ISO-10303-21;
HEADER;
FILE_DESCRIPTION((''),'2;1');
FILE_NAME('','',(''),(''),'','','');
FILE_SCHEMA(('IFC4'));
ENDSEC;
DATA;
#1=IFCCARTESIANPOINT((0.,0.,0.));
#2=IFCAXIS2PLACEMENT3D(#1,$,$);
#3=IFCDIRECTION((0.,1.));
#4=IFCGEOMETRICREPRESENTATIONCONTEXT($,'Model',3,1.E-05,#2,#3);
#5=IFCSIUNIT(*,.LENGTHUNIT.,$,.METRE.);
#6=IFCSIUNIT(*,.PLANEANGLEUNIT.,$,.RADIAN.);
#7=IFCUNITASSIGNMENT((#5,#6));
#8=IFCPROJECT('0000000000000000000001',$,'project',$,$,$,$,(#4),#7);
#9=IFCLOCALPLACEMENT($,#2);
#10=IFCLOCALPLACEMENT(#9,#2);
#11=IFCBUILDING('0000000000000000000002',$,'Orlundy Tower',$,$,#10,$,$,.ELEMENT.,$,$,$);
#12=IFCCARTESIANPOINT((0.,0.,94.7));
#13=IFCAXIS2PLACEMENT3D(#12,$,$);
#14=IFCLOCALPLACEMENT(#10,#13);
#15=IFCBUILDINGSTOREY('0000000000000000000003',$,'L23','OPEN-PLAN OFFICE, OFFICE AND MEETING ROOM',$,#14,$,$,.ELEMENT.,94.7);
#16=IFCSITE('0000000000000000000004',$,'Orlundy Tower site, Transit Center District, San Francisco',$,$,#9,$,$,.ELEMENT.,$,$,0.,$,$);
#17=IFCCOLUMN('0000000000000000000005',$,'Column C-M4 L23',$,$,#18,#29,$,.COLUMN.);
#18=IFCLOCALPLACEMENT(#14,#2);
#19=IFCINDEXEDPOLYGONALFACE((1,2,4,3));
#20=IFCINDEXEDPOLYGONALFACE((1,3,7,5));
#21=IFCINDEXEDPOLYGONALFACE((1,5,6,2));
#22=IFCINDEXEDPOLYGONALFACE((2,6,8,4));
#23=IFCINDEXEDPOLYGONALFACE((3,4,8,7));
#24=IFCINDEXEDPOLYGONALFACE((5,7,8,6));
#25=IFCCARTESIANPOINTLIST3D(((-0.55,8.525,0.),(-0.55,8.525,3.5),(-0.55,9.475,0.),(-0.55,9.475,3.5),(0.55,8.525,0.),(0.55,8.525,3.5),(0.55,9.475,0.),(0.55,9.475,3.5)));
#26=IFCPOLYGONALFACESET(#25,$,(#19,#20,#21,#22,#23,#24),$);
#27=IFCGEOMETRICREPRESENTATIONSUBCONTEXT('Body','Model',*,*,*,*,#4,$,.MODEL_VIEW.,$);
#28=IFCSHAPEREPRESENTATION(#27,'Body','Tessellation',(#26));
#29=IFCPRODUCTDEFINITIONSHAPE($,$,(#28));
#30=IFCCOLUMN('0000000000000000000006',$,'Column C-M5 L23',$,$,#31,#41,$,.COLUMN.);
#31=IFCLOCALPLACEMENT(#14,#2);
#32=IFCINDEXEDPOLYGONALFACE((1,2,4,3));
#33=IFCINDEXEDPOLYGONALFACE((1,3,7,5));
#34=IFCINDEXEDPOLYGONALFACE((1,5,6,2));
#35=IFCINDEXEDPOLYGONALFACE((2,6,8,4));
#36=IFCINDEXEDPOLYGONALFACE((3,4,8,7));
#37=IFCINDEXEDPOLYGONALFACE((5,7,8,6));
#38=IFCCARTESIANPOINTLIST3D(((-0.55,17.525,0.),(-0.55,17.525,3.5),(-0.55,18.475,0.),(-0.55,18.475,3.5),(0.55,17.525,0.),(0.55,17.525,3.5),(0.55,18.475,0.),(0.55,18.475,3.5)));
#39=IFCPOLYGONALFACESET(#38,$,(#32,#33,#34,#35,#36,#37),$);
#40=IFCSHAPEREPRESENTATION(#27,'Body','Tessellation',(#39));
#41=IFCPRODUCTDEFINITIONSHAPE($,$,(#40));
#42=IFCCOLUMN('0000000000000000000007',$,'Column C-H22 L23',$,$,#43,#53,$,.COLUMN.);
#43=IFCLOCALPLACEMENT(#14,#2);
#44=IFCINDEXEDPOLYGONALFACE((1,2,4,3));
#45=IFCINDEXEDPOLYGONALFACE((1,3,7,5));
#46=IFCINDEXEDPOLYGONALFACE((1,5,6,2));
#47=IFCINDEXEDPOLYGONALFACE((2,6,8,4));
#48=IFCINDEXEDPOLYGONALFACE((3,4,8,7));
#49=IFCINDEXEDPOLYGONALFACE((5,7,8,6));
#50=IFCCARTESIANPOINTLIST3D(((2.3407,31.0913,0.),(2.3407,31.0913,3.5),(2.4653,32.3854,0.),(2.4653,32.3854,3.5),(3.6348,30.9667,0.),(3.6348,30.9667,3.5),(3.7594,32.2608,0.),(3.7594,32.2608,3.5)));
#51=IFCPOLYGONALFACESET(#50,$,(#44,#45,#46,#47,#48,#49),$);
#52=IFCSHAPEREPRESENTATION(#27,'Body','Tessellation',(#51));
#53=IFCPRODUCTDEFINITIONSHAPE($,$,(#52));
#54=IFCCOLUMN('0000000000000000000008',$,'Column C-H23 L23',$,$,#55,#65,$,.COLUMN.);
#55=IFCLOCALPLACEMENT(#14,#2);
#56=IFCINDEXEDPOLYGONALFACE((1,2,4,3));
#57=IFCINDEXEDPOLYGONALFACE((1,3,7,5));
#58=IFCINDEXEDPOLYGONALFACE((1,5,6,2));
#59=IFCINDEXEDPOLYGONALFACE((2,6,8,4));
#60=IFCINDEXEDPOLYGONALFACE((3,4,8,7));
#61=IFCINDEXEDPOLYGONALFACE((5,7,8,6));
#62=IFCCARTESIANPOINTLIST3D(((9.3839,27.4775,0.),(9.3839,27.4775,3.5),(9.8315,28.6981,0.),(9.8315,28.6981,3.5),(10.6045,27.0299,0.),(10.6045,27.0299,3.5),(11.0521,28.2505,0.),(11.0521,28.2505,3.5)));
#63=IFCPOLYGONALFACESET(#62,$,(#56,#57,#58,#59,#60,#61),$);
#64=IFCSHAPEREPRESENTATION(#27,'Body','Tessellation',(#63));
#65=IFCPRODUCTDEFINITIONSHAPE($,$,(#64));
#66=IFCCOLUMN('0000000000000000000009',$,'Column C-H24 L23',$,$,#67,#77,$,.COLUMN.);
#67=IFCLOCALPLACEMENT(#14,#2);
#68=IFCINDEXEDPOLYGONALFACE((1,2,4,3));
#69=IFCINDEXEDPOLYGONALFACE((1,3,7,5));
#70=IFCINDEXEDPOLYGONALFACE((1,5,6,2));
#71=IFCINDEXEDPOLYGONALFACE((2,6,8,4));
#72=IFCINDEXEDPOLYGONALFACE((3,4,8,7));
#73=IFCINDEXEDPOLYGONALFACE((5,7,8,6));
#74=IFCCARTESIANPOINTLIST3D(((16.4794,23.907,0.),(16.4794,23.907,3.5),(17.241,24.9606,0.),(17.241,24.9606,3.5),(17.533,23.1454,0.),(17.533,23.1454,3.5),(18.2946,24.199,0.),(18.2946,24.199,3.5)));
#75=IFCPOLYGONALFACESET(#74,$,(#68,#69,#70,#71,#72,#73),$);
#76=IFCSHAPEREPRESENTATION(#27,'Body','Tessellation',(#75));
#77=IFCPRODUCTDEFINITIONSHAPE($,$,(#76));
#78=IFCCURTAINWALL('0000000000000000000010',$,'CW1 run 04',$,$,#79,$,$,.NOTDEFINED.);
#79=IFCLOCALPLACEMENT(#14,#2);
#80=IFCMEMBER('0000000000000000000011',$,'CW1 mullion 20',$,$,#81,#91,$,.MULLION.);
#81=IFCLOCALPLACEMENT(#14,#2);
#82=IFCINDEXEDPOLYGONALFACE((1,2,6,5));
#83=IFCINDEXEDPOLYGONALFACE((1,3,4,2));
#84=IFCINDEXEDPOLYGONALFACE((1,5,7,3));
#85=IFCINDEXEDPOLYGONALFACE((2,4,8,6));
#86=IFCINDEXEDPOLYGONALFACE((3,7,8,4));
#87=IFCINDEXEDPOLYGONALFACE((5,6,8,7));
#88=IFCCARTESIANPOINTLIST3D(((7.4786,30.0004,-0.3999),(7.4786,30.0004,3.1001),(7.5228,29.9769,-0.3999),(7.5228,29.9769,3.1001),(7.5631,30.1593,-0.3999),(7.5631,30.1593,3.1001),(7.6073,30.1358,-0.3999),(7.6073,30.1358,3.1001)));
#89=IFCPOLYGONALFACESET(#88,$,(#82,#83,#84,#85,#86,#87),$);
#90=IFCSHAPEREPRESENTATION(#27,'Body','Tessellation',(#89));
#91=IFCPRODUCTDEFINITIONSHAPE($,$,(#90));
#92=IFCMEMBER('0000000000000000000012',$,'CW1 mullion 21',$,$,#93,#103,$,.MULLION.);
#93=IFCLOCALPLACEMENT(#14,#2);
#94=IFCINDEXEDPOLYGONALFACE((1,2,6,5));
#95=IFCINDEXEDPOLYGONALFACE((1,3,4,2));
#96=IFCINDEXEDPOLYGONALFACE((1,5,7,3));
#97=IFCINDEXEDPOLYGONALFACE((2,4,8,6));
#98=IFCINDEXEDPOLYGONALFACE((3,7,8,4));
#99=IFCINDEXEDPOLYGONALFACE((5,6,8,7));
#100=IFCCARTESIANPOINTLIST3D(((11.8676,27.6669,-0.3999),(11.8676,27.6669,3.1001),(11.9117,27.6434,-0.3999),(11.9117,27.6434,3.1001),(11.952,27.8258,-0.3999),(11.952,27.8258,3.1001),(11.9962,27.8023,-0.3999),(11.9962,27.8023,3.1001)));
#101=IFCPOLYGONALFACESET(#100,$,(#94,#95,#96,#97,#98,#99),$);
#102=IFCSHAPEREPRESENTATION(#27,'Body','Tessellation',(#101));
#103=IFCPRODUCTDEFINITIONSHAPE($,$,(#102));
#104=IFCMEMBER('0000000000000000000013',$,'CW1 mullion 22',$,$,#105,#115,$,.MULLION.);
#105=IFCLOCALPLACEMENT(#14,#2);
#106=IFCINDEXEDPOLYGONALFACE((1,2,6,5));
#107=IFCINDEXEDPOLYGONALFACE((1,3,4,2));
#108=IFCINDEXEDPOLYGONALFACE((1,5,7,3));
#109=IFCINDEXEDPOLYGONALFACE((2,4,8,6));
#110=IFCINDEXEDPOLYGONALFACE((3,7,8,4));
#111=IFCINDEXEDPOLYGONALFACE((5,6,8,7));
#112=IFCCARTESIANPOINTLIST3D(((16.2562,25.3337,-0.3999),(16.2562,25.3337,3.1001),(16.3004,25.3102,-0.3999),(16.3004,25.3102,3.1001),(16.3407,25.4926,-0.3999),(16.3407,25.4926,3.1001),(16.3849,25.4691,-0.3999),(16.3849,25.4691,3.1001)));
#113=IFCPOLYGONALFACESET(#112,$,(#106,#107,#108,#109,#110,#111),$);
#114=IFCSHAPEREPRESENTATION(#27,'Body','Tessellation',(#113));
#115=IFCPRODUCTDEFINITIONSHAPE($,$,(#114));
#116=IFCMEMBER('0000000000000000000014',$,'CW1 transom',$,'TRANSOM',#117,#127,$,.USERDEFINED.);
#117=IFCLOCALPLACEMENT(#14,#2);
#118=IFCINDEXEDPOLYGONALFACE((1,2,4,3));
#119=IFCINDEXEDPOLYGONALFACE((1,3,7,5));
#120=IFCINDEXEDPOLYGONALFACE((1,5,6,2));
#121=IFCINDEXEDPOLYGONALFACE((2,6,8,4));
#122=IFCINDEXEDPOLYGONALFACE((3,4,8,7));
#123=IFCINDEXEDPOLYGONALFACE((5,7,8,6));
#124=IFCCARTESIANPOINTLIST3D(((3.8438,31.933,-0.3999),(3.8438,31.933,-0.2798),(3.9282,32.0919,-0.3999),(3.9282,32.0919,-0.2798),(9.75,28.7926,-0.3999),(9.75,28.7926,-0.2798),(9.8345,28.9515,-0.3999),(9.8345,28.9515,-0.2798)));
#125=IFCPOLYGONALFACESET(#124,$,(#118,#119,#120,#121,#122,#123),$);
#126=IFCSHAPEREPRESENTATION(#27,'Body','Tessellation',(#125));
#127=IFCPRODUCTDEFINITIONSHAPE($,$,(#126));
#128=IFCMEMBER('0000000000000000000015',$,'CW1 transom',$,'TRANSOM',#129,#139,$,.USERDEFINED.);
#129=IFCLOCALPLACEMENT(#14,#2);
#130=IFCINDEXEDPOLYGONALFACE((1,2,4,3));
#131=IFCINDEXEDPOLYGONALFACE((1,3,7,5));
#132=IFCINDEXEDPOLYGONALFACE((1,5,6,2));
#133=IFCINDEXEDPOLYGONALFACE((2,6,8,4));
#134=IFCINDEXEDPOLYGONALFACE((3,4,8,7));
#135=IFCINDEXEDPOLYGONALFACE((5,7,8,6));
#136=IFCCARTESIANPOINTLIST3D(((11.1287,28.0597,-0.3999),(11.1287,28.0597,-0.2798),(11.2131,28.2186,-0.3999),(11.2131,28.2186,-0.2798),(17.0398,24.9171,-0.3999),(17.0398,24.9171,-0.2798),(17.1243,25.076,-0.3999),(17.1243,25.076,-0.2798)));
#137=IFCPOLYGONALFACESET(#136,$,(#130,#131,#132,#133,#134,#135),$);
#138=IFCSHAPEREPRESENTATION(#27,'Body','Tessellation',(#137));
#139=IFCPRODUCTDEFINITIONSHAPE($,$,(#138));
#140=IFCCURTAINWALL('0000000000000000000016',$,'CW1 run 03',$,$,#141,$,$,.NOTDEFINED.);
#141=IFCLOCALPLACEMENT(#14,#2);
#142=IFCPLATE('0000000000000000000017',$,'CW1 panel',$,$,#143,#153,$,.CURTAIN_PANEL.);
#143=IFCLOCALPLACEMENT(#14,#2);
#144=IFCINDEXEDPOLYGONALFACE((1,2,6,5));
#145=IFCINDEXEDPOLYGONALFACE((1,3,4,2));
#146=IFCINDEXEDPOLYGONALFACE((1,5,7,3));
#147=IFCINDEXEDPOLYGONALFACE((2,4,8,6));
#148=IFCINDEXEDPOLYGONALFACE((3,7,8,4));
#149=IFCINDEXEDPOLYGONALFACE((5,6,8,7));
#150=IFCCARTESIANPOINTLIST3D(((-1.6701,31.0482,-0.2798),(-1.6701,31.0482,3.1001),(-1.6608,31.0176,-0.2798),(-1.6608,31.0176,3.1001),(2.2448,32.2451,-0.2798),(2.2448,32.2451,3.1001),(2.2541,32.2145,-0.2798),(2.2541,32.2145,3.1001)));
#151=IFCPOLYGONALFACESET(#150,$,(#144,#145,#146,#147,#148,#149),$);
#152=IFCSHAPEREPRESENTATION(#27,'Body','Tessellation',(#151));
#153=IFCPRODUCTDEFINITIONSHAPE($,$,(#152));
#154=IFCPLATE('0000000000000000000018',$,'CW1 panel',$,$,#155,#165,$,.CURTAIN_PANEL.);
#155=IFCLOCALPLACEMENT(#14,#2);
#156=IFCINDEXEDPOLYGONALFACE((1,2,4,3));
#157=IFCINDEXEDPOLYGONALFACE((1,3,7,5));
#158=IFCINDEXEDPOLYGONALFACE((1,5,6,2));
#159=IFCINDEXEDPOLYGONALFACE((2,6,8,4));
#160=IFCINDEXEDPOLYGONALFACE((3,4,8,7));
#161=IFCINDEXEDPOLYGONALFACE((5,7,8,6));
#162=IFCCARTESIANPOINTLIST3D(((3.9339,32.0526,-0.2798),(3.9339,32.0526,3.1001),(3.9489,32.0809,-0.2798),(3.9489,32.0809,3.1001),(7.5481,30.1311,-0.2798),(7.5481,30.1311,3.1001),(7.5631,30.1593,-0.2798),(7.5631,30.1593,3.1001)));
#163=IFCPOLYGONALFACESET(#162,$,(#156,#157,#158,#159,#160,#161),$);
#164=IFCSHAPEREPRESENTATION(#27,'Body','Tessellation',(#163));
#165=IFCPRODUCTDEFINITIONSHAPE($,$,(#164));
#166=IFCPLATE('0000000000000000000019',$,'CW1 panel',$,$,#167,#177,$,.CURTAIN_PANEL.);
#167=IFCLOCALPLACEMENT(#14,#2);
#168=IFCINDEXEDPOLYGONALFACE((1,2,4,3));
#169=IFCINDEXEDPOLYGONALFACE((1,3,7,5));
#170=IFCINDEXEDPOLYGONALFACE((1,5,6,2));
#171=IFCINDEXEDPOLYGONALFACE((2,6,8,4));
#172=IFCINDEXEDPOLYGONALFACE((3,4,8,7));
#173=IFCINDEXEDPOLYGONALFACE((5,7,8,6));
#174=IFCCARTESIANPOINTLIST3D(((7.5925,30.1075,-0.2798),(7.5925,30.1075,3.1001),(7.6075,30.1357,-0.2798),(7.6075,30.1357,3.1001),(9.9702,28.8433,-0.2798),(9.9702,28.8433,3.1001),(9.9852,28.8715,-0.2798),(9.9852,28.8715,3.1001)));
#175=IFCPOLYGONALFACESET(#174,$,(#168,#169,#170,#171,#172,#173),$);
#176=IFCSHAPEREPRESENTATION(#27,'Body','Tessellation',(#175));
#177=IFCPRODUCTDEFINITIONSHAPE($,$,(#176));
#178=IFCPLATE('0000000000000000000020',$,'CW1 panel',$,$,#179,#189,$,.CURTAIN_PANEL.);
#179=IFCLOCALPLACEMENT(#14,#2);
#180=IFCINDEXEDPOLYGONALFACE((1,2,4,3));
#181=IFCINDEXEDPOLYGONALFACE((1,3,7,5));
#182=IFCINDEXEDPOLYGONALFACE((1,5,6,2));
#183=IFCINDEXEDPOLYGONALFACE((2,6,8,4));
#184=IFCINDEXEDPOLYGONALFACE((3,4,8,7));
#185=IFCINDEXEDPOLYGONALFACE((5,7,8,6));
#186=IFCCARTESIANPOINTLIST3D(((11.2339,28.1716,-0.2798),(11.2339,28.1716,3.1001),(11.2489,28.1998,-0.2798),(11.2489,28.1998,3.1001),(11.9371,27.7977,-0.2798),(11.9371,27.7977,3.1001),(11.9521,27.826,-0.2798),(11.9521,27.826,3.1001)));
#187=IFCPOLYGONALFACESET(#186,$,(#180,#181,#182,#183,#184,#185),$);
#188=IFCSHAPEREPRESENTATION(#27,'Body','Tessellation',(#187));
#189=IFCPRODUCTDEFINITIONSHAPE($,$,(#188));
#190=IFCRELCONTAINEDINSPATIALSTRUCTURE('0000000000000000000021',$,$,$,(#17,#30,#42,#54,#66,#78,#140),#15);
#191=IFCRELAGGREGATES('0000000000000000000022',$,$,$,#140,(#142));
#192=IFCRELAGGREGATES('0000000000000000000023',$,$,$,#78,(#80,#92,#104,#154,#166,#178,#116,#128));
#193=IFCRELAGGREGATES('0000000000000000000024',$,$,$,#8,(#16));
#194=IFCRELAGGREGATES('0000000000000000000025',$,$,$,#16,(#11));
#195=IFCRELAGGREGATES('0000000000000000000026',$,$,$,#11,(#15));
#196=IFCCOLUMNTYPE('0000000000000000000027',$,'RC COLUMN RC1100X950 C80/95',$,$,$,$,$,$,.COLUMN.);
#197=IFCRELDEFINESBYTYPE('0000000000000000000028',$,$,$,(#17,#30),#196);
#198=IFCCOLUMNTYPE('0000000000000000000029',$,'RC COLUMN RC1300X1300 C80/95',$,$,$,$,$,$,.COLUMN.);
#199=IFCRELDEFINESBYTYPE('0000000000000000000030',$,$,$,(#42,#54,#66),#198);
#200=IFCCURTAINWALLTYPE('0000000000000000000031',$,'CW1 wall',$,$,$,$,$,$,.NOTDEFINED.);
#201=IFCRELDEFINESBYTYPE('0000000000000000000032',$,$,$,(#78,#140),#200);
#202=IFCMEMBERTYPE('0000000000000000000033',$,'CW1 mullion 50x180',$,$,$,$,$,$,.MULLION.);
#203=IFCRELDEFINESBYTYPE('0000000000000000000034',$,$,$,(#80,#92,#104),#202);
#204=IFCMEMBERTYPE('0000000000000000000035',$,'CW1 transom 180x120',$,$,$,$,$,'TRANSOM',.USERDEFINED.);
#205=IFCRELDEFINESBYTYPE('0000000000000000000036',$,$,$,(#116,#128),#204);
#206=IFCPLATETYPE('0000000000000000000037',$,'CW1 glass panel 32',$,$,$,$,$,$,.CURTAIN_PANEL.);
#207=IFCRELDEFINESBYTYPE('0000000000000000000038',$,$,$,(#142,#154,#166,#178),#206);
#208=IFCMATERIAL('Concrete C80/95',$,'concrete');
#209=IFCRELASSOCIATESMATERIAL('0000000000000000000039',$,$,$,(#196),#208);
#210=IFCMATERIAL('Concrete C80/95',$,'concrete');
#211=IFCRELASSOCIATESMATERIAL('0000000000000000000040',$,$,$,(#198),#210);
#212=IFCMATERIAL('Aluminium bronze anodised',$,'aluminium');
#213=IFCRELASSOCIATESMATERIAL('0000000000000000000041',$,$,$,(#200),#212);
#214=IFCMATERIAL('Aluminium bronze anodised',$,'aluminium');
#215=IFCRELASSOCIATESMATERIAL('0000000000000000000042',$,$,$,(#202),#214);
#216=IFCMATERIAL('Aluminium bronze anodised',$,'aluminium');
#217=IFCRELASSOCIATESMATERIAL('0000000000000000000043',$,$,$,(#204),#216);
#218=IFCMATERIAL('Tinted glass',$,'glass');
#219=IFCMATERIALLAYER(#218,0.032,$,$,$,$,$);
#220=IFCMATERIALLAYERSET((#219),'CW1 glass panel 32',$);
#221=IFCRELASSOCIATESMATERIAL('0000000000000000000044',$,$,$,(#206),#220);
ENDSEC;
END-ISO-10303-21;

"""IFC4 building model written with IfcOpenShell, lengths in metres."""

from ifc_helpers import new_model, si_unit, direction, frame, origin, origin_2d, place, context, subcontext, project, spatial, rectangle, extrude, material, layer, layer_set, material_profile, profile_set, type_object, element, aggregate, save


model = new_model("IFC4")

# Units and contexts
model_context = context("Model", 3, precision=1e-05, world=origin(), true_north=direction((0.0, 1.0)))
body_context = subcontext(model_context, "Body", "Model", "MODEL_VIEW")
ifc_project = project(units=[si_unit("LENGTHUNIT", "METRE"), si_unit("PLANEANGLEUNIT", "RADIAN")], contexts=[model_context])

# Site, building, storey
site_placement = place(None, origin())
site = spatial("IfcSite", under=ifc_project, at=site_placement, Name="Orlundy Tower site, Transit Center District, San Francisco", CompositionType="ELEMENT", RefElevation=0.0)
building_placement = place(site_placement, origin())
building = spatial("IfcBuilding", under=site, at=building_placement, Name="Orlundy Tower", CompositionType="ELEMENT")
storey_placement = place(building_placement, frame((0.0, 0.0, 94.7)))
storey = spatial("IfcBuildingStorey", under=building, at=storey_placement, Name="L23", Description="OPEN-PLAN OFFICE, OFFICE AND MEETING ROOM", CompositionType="ELEMENT", Elevation=94.7)

# Columns
ifc_material_1 = material(Name="Concrete C80/95", Category="concrete")
ifc_material_profile_1 = material_profile(ifc_material_1, rectangle(XDim=1.1001, YDim=0.95, at=origin_2d()), Name="RC1100X950")
ifc_profile_set_1 = profile_set([ifc_material_profile_1], Name="Concrete C80/95")
column_type_1 = type_object("IfcColumnType", Name="RC COLUMN RC1100X950 C80/95", PredefinedType="COLUMN", material=ifc_profile_set_1)
for number, where, z_axis, x_axis, name in (
    (1, (0.0, 9.0, 0.0), (0.0, 0.0, 1.0), (1.0, 0.0, 0.0), "Column C-M4 L23"),
    (2, (0.0, 18.0, 0.0), (0.0, 0.0, 1.0), (1.0, 0.0, 0.0), "Column C-M5 L23"),
):
    element("IfcColumn", number, at=place(storey_placement, frame(where, z_axis=z_axis, x_axis=x_axis)), inside=storey, type_object=column_type_1, Name=name, PredefinedType="COLUMN", context=body_context, shape_type="SweptSolid", body=[
        extrude(rectangle(XDim=1.1001, YDim=0.95, at=origin_2d()), origin(), (0.0, 0.0, 1.0), 3.5),
    ])
ifc_material_2 = material(Name="Concrete C80/95", Category="concrete")
ifc_material_profile_2 = material_profile(ifc_material_2, rectangle(XDim=1.3, YDim=1.3, at=origin_2d()), Name="RC1300X1300")
ifc_profile_set_2 = profile_set([ifc_material_profile_2], Name="Concrete C80/95")
column_type_2 = type_object("IfcColumnType", Name="RC COLUMN RC1300X1300 C80/95", PredefinedType="COLUMN", material=ifc_profile_set_2)
for number, where, z_axis, x_axis, name in (
    (3, (3.05, 31.676, 0.0), (0.0, 0.0, 1.0), (0.095846, 0.995396, 0.0), "Column C-H22 L23"),
    (4, (10.218, 27.864, 0.0), (0.0, 0.0, 1.0), (0.344282, 0.938866, 0.0), "Column C-H23 L23"),
    (5, (17.387, 24.053, 0.0), (0.0, 0.0, 1.0), (0.585835, 0.81043, 0.0), "Column C-H24 L23"),
):
    element("IfcColumn", number, at=place(storey_placement, frame(where, z_axis=z_axis, x_axis=x_axis)), inside=storey, type_object=column_type_2, Name=name, PredefinedType="COLUMN", context=body_context, shape_type="SweptSolid", body=[
        extrude(rectangle(XDim=1.3, YDim=1.3, at=origin_2d()), origin(), (0.0, 0.0, 1.0), 3.5),
    ])

# Curtain wall, members
ifc_material_3 = material(Name="Aluminium bronze anodised", Category="aluminium")
curtain_wall_type = type_object("IfcCurtainWallType", Name="CW1 wall", PredefinedType="NOTDEFINED", material=ifc_material_3)
curtain_wall_1_placement = place(storey_placement, origin())
curtain_wall_1 = element("IfcCurtainWall", 6, at=curtain_wall_1_placement, inside=storey, type_object=curtain_wall_type, Name="CW1 run 04", PredefinedType="NOTDEFINED")
ifc_material_4 = material(Name="Aluminium bronze anodised", Category="aluminium")
ifc_material_profile_3 = material_profile(ifc_material_4, rectangle(XDim=0.1799, YDim=0.05, at=origin_2d()), Name="CW1 mullion 50x180")
ifc_profile_set_3 = profile_set([ifc_material_profile_3], Name="Aluminium bronze anodised")
member_type_1 = type_object("IfcMemberType", Name="CW1 mullion 50x180", PredefinedType="MULLION", material=ifc_profile_set_3)
member_1_placement = place(storey_placement, frame((7.543, 30.0681, -0.3999), z_axis=(0.0, 0.0, 1.0), x_axis=(0.469445, 0.882961, 0.0)))
member_1 = element("IfcMember", 7, at=member_1_placement, type_object=member_type_1, Name="CW1 mullion 20", PredefinedType="MULLION", context=body_context, shape_type="SweptSolid", body=[
    extrude(rectangle(XDim=0.1799, YDim=0.05, at=origin_2d()), origin(), (0.0, 0.0, 1.0), 3.5),
])
member_2_placement = place(storey_placement, frame((11.9319, 27.7346, -0.3999), z_axis=(0.0, 0.0, 1.0), x_axis=(0.469445, 0.882961, 0.0)))
member_2 = element("IfcMember", 8, at=member_2_placement, type_object=member_type_1, Name="CW1 mullion 21", PredefinedType="MULLION", context=body_context, shape_type="SweptSolid", body=[
    extrude(rectangle(XDim=0.1799, YDim=0.05, at=origin_2d()), origin(), (0.0, 0.0, 1.0), 3.5),
])
member_3_placement = place(storey_placement, frame((16.3206, 25.4014, -0.3999), z_axis=(0.0, 0.0, 1.0), x_axis=(0.469445, 0.882961, 0.0)))
member_3 = element("IfcMember", 9, at=member_3_placement, type_object=member_type_1, Name="CW1 mullion 22", PredefinedType="MULLION", context=body_context, shape_type="SweptSolid", body=[
    extrude(rectangle(XDim=0.1799, YDim=0.05, at=origin_2d()), origin(), (0.0, 0.0, 1.0), 3.5),
])
ifc_material_5 = material(Name="Aluminium bronze anodised", Category="aluminium")
ifc_material_profile_4 = material_profile(ifc_material_5, rectangle(XDim=0.1799, YDim=0.1201, at=origin_2d()), Name="CW1 transom 180x120")
ifc_profile_set_4 = profile_set([ifc_material_profile_4], Name="Aluminium bronze anodised")
member_type_2 = type_object("IfcMemberType", Name="CW1 transom 180x120", ElementType="TRANSOM", PredefinedType="USERDEFINED", material=ifc_profile_set_4)
member_4_placement = place(storey_placement, frame((3.886, 32.0125, -0.3398), z_axis=(0.882949, -0.469468, 0.0), x_axis=(0.469468, 0.882949, 0.0)))
member_4 = element("IfcMember", 10, at=member_4_placement, type_object=member_type_2, Name="CW1 transom", ObjectType="TRANSOM", PredefinedType="USERDEFINED", context=body_context, shape_type="SweptSolid", body=[
    extrude(rectangle(XDim=0.1799, YDim=0.1201, at=origin_2d()), origin(), (0.0, 0.0, 1.0), 6.6892),
])
member_5_placement = place(storey_placement, frame((11.1709, 28.1392, -0.3398), z_axis=(0.882974, -0.469422, 0.0), x_axis=(0.469422, 0.882974, 0.0)))
member_5 = element("IfcMember", 11, at=member_5_placement, type_object=member_type_2, Name="CW1 transom", ObjectType="TRANSOM", PredefinedType="USERDEFINED", context=body_context, shape_type="SweptSolid", body=[
    extrude(rectangle(XDim=0.1799, YDim=0.1201, at=origin_2d()), origin(), (0.0, 0.0, 1.0), 6.6946),
])

# Curtain wall, plate
curtain_wall_2_placement = place(storey_placement, origin())
curtain_wall_2 = element("IfcCurtainWall", 12, at=curtain_wall_2_placement, inside=storey, type_object=curtain_wall_type, Name="CW1 run 03", PredefinedType="NOTDEFINED")
ifc_material_6 = material(Name="Tinted glass", Category="glass")
ifc_layer_1 = layer(ifc_material_6, 0.032)
ifc_layer_set_1 = layer_set([ifc_layer_1], Name="CW1 glass panel 32")
plate_type = type_object("IfcPlateType", Name="CW1 glass panel 32", PredefinedType="CURTAIN_PANEL", material=ifc_layer_set_1)
plate_1_placement = place(storey_placement, frame((0.292, 31.6313, -0.2798), z_axis=(0.0, 0.0, 1.0), x_axis=(0.956308, 0.292361, 0.0)))
plate_1 = element("IfcPlate", 13, at=plate_1_placement, type_object=plate_type, Name="CW1 panel", PredefinedType="CURTAIN_PANEL", context=body_context, shape_type="SweptSolid", body=[
    extrude(rectangle(XDim=4.0938, YDim=0.032, at=origin_2d()), origin(), (0.0, 0.0, 1.0), 3.3799),
])
aggregate(curtain_wall_2, [plate_1])

# Plates
plate_2_placement = place(storey_placement, frame((5.7485, 31.106, -0.2798), z_axis=(0.0, 0.0, 1.0), x_axis=(0.882961, -0.469445, 0.0)))
plate_2 = element("IfcPlate", 14, at=plate_2_placement, type_object=plate_type, Name="CW1 panel", PredefinedType="CURTAIN_PANEL", context=body_context, shape_type="SweptSolid", body=[
    extrude(rectangle(XDim=4.0933, YDim=0.032, at=origin_2d()), origin(), (0.0, 0.0, 1.0), 3.3799),
])
plate_3_placement = place(storey_placement, frame((8.7888, 29.4895, -0.2798), z_axis=(0.0, 0.0, 1.0), x_axis=(0.882961, -0.469445, 0.0)))
plate_3 = element("IfcPlate", 15, at=plate_3_placement, type_object=plate_type, Name="CW1 panel", PredefinedType="CURTAIN_PANEL", context=body_context, shape_type="SweptSolid", body=[
    extrude(rectangle(XDim=2.6929, YDim=0.032, at=origin_2d()), origin(), (0.0, 0.0, 1.0), 3.3799),
])
plate_4_placement = place(storey_placement, frame((11.593, 27.9988, -0.2798), z_axis=(0.0, 0.0, 1.0), x_axis=(0.882961, -0.469445, 0.0)))
plate_4 = element("IfcPlate", 16, at=plate_4_placement, type_object=plate_type, Name="CW1 panel", PredefinedType="CURTAIN_PANEL", context=body_context, shape_type="SweptSolid", body=[
    extrude(rectangle(XDim=0.7964, YDim=0.032, at=origin_2d()), origin(), (0.0, 0.0, 1.0), 3.3799),
])
aggregate(curtain_wall_1, [member_1, member_2, member_3, plate_2, plate_3, plate_4, member_4, member_5])

save(model, "model.ifc")
